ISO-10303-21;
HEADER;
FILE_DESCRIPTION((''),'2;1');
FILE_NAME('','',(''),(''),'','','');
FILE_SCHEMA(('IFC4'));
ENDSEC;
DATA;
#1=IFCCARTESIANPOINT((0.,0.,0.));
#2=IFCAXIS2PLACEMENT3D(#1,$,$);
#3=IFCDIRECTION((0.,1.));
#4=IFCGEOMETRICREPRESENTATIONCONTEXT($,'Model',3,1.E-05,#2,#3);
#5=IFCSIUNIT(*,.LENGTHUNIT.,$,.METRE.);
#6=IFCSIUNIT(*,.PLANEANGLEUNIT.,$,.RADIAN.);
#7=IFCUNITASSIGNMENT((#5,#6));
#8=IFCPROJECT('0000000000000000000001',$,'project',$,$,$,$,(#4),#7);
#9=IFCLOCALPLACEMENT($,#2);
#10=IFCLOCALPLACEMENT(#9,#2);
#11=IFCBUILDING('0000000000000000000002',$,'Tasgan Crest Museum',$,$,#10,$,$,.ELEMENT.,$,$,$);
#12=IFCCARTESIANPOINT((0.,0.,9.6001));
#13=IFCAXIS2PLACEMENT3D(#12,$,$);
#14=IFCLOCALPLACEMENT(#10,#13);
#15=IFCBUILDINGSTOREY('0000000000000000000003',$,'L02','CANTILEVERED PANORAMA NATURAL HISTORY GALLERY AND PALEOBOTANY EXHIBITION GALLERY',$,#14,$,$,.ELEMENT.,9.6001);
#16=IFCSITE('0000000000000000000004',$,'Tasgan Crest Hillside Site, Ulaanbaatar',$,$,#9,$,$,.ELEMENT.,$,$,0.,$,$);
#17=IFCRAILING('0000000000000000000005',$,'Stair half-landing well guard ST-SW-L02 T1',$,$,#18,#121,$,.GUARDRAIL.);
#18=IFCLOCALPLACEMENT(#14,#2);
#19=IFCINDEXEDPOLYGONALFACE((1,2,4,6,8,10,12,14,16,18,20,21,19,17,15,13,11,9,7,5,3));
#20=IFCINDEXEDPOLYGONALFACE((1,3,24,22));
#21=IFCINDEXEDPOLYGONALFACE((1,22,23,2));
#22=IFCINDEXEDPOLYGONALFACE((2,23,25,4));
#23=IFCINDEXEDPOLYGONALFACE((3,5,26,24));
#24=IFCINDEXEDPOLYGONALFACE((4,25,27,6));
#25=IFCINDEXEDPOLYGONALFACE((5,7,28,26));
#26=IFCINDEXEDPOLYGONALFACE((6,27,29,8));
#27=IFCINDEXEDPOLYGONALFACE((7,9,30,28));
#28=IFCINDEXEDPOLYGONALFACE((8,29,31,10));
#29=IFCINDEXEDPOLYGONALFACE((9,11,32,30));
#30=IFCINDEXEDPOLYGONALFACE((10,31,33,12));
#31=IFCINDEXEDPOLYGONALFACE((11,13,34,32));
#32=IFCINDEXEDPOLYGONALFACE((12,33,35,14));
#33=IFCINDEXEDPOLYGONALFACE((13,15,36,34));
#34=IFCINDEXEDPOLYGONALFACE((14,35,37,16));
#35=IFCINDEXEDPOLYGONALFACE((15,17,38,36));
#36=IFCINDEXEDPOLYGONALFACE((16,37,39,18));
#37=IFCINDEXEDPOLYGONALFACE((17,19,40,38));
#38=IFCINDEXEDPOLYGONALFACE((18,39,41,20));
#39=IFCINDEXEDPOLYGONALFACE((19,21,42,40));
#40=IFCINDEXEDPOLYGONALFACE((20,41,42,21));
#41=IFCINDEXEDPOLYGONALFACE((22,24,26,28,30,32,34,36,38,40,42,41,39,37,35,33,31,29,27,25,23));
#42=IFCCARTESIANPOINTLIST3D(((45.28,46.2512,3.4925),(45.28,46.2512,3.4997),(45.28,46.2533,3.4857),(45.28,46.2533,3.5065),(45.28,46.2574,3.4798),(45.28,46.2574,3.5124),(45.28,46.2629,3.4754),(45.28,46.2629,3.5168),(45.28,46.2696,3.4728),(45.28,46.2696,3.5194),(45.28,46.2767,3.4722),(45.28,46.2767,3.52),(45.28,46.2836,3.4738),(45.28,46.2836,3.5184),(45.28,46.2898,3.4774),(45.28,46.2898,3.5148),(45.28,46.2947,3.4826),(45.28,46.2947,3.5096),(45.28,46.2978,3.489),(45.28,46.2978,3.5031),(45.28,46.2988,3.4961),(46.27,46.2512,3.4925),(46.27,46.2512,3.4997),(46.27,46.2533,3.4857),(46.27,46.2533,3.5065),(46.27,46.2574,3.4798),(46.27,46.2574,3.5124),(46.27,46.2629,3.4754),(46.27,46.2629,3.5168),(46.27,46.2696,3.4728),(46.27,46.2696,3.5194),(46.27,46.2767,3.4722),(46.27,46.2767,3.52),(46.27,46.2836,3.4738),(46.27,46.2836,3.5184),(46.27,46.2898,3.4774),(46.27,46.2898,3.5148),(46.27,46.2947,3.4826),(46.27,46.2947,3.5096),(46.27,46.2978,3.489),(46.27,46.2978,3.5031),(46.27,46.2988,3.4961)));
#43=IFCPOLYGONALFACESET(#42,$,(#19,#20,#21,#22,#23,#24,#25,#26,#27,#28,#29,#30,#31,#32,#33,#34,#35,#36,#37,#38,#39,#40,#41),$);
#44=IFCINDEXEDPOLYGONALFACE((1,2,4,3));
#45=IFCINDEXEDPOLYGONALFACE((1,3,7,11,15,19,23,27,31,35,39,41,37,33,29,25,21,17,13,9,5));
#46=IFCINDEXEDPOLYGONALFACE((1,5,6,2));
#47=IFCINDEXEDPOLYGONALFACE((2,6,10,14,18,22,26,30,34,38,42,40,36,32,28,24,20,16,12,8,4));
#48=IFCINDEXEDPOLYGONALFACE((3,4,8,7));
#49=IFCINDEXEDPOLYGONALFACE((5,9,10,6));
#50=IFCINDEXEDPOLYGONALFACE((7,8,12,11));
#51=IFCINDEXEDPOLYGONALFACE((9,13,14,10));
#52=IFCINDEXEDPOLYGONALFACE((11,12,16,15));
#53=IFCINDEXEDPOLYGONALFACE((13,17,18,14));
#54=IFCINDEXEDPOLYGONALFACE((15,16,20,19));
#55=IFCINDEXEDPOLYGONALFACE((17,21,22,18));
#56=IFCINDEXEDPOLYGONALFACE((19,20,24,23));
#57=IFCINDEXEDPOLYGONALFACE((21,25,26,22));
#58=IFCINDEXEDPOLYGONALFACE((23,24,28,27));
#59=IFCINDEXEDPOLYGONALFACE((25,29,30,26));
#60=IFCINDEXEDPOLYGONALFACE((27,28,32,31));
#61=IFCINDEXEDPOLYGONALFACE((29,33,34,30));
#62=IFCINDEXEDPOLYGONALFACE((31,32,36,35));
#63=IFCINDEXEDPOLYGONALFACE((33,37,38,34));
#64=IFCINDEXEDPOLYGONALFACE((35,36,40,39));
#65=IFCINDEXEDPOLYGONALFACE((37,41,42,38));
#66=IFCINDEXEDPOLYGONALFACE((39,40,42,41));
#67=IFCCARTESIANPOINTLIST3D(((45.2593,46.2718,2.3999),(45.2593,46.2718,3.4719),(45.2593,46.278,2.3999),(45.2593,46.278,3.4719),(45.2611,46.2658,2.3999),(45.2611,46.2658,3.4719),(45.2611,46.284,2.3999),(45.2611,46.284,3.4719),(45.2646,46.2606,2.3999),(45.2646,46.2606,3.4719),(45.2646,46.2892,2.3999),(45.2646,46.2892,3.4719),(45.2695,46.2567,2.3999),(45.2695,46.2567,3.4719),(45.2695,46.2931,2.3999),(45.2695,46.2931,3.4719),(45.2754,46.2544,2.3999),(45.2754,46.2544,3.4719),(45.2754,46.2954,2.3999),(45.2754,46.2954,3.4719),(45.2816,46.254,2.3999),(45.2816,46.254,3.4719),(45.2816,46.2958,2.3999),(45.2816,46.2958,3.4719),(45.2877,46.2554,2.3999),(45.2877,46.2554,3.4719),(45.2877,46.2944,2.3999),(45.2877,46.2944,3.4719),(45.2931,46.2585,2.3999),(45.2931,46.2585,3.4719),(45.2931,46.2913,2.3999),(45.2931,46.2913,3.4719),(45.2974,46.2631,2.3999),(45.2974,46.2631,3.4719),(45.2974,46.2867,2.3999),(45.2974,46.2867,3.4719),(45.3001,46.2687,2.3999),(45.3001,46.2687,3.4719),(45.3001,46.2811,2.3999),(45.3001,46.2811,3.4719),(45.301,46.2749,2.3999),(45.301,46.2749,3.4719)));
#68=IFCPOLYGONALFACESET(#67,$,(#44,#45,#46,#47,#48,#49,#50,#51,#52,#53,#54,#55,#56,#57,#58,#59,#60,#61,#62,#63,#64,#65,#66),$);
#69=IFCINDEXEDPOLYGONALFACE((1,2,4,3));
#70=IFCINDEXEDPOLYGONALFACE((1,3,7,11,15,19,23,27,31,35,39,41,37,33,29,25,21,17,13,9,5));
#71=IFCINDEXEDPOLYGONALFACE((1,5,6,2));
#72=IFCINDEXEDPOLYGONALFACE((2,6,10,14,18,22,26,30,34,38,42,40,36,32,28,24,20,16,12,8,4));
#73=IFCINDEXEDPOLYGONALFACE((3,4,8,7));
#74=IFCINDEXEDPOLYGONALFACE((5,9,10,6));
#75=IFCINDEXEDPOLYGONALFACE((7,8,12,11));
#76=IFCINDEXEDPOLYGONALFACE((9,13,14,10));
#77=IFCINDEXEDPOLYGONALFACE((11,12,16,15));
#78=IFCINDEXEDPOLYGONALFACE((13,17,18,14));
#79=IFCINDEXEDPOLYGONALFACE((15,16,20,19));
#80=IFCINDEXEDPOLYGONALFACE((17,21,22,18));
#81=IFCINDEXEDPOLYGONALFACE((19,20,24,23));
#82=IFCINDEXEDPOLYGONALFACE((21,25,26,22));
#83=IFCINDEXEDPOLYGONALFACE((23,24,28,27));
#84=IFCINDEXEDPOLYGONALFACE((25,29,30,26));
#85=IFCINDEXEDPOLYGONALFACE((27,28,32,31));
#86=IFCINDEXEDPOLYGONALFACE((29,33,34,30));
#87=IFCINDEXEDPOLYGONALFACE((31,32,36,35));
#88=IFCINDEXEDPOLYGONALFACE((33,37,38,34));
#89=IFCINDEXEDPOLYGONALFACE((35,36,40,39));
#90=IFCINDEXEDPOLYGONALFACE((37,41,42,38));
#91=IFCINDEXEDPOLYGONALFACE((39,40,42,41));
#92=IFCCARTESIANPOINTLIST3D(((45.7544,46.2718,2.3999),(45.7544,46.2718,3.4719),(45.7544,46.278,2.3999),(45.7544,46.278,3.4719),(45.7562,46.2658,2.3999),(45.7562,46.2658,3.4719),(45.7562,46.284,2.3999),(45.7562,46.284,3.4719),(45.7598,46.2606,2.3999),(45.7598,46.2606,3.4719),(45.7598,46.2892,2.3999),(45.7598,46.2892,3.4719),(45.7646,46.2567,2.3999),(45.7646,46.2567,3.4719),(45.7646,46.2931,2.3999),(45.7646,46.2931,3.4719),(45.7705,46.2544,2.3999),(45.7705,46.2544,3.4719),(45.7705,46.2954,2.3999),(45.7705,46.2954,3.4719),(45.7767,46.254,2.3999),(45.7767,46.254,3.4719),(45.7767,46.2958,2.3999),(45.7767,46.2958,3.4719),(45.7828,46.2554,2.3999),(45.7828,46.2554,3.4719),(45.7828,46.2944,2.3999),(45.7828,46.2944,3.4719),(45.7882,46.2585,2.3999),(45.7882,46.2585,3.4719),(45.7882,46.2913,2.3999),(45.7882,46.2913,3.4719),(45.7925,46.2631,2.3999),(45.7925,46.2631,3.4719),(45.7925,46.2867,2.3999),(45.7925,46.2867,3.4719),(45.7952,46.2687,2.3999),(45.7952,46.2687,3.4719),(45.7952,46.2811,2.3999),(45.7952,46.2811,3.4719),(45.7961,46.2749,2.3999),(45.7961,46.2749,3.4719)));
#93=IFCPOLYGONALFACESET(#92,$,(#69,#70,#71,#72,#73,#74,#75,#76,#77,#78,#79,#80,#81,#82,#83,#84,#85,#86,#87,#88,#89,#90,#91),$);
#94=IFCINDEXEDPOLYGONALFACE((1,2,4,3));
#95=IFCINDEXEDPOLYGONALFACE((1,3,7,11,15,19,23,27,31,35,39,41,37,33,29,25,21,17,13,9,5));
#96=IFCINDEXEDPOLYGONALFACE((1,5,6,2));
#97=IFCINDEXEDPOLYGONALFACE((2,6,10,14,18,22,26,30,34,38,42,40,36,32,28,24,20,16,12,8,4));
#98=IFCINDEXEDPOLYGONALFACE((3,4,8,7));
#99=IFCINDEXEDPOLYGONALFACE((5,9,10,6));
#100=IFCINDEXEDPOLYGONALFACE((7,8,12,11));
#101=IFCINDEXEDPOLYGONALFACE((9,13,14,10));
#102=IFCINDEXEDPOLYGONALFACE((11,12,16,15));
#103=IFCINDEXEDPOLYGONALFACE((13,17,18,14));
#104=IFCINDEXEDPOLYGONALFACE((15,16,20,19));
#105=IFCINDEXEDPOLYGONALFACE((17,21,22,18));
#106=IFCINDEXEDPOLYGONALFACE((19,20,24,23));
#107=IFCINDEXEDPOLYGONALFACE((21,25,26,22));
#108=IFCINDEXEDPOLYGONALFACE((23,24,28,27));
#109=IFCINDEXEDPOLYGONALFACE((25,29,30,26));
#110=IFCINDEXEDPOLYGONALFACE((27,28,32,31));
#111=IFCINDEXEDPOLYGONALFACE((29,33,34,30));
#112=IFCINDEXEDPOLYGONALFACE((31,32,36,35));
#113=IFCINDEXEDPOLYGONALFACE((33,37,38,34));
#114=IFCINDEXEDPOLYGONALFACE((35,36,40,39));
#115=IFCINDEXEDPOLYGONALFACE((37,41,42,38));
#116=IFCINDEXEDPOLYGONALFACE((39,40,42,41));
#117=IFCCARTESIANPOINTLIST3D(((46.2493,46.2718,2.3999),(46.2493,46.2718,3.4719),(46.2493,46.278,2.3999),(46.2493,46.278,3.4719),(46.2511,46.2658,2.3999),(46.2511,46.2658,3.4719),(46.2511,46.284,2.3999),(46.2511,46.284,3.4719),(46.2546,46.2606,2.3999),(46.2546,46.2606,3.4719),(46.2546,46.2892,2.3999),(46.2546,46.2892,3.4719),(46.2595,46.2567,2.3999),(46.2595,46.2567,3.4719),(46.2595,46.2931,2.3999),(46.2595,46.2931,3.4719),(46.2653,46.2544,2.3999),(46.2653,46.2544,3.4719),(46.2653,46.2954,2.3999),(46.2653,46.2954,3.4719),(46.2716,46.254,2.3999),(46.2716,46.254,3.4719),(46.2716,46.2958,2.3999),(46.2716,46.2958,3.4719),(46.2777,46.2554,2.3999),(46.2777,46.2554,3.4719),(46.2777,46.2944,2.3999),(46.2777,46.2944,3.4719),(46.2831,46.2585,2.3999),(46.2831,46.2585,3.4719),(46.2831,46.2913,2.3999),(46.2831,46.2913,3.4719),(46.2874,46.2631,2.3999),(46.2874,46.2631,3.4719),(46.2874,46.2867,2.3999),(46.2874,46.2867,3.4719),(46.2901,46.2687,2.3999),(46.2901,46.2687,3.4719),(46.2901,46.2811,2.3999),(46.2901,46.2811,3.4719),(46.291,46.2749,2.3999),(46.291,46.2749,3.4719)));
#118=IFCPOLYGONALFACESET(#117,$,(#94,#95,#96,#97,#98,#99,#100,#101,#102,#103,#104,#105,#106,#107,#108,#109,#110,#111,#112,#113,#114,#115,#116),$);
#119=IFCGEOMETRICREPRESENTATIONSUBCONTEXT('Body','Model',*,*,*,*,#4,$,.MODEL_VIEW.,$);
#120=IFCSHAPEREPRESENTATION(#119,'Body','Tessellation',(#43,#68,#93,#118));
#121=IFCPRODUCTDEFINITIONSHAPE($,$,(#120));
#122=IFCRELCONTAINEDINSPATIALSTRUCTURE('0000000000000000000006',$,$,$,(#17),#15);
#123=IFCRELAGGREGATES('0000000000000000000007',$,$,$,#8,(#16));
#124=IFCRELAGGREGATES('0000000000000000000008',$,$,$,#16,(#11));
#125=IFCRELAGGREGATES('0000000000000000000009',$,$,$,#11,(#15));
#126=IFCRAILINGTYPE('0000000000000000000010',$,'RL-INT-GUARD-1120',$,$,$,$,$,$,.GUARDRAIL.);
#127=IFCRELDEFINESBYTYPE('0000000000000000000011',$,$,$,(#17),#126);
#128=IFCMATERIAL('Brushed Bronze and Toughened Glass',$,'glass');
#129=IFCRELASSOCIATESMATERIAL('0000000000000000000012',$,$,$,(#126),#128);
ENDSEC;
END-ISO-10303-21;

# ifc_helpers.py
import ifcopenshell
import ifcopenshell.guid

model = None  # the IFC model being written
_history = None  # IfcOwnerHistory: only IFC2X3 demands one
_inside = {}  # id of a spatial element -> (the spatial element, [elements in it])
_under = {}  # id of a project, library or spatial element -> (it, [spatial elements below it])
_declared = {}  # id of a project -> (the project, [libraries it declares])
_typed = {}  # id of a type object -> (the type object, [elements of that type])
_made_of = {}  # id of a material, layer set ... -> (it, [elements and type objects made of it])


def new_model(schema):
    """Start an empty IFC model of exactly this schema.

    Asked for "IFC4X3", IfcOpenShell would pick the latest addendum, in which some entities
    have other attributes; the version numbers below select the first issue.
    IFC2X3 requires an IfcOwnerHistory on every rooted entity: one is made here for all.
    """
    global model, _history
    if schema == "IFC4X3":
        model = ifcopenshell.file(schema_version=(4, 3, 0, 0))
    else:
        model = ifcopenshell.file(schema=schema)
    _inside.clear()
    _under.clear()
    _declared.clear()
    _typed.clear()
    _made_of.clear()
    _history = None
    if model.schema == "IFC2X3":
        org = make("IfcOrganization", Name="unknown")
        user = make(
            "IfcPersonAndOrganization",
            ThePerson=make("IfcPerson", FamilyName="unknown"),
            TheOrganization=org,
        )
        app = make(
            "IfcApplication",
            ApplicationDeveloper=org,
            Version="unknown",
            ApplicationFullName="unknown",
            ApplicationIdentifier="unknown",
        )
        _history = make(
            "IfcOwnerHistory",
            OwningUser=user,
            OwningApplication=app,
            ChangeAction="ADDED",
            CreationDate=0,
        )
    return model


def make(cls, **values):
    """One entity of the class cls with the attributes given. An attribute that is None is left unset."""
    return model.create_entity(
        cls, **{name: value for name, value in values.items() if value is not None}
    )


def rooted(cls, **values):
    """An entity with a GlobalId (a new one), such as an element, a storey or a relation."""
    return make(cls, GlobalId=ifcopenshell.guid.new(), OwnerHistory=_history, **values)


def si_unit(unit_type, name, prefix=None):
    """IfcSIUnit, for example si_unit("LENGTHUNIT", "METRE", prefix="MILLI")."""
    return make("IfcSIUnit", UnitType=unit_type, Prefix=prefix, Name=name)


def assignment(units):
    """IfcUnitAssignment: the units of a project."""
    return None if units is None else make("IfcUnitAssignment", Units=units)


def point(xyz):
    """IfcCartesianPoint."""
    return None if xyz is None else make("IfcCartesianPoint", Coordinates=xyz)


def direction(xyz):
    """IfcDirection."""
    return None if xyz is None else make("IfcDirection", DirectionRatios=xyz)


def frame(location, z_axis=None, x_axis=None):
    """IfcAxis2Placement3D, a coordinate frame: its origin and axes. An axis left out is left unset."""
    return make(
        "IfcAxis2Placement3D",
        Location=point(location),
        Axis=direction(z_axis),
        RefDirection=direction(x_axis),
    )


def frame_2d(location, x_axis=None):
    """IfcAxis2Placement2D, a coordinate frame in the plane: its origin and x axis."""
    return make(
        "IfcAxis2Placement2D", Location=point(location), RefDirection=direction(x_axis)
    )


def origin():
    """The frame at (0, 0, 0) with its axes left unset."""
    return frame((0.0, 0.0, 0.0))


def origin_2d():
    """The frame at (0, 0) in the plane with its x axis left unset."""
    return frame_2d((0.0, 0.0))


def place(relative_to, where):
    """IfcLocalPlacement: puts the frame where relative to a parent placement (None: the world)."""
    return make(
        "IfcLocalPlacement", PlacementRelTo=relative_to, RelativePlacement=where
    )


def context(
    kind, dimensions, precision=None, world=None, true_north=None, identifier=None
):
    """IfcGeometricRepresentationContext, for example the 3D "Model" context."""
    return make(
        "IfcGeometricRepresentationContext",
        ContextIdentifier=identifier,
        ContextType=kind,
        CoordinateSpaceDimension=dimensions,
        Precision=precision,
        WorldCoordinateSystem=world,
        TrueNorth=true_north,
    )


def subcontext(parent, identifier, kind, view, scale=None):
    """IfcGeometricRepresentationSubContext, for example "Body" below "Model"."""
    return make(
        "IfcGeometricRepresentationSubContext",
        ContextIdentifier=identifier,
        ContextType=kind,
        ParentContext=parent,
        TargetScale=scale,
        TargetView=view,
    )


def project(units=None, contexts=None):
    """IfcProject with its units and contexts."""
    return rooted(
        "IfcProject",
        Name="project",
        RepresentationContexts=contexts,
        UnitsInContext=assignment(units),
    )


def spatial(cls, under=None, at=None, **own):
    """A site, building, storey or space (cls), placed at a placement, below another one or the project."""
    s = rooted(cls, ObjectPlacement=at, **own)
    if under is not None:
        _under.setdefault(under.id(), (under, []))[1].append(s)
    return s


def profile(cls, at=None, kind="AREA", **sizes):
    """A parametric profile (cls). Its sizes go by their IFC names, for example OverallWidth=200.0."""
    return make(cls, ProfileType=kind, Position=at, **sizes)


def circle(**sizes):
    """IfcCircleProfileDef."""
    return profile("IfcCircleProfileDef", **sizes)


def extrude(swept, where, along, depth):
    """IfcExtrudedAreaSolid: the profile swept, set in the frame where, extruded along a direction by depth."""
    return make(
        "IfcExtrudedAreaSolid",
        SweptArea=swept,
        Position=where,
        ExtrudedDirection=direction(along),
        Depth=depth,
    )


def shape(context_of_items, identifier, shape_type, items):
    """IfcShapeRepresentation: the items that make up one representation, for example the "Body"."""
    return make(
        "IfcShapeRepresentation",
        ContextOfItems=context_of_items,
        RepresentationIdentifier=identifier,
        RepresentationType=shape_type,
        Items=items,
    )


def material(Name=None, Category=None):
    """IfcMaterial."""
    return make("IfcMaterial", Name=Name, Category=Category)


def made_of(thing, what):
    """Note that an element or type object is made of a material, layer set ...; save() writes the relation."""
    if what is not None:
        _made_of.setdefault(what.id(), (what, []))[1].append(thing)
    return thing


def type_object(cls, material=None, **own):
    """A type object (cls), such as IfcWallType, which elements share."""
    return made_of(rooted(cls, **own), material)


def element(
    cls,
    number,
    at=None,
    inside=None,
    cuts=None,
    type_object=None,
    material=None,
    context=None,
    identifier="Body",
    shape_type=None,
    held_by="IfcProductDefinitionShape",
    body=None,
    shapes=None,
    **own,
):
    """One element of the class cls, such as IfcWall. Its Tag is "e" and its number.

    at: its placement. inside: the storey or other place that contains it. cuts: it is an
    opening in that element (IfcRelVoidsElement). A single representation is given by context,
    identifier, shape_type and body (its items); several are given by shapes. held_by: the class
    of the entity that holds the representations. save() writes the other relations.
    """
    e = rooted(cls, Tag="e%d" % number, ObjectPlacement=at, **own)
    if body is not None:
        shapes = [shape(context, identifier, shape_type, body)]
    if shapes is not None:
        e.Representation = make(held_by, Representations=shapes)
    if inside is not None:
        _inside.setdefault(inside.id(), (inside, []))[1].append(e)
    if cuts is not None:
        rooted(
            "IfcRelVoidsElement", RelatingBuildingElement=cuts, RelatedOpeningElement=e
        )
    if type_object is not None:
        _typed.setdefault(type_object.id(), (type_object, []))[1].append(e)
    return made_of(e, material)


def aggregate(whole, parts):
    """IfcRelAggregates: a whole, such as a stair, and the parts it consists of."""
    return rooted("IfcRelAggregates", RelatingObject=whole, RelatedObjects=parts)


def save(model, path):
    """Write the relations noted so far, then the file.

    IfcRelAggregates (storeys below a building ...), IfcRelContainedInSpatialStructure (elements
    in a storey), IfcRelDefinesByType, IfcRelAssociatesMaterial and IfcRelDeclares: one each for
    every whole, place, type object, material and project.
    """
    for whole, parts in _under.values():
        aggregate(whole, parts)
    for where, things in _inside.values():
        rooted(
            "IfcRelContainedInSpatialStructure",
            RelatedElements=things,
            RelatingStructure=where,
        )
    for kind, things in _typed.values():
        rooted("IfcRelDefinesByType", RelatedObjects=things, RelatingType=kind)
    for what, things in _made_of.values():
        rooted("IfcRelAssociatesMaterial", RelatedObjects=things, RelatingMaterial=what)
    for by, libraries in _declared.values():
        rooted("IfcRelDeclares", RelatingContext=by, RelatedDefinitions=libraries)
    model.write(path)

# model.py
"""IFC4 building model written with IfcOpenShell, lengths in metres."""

from ifc_helpers import new_model, si_unit, direction, frame, origin, origin_2d, place, context, subcontext, project, spatial, circle, extrude, material, type_object, element, save


model = new_model("IFC4")

# Units and contexts
model_context = context("Model", 3, precision=1e-05, world=origin(), true_north=direction((0.0, 1.0)))
body_context = subcontext(model_context, "Body", "Model", "MODEL_VIEW")
ifc_project = project(units=[si_unit("LENGTHUNIT", "METRE"), si_unit("PLANEANGLEUNIT", "RADIAN")], contexts=[model_context])

# Site, building, storey
site_placement = place(None, origin())
site = spatial("IfcSite", under=ifc_project, at=site_placement, Name="Tasgan Crest Hillside Site, Ulaanbaatar", CompositionType="ELEMENT", RefElevation=0.0)
building_placement = place(site_placement, origin())
building = spatial("IfcBuilding", under=site, at=building_placement, Name="Tasgan Crest Museum", CompositionType="ELEMENT")
storey_placement = place(building_placement, frame((0.0, 0.0, 9.6001)))
storey = spatial("IfcBuildingStorey", under=building, at=storey_placement, Name="L02", Description="CANTILEVERED PANORAMA NATURAL HISTORY GALLERY AND PALEOBOTANY EXHIBITION GALLERY", CompositionType="ELEMENT", Elevation=9.6001)

# Railing
ifc_material_1 = material(Name="Brushed Bronze and Toughened Glass", Category="glass")
railing_type_1 = type_object("IfcRailingType", Name="RL-INT-GUARD-1120", PredefinedType="GUARDRAIL", material=ifc_material_1)
railing_1_placement = place(storey_placement, frame((45.28, 46.2749, 2.3999)))
element("IfcRailing", 1, at=railing_1_placement, inside=storey, type_object=railing_type_1, Name="Stair half-landing well guard ST-SW-L02 T1", PredefinedType="GUARDRAIL", context=body_context, shape_type="SweptSolid", body=[
    extrude(circle(Radius=0.0239, at=origin_2d()), frame((0.0, 0.0, 1.0962), z_axis=(1.0, 0.0, 0.0), x_axis=(0.0, 1.0, 0.0)), (0.0, 0.0, 1.0), 0.99),
    extrude(circle(Radius=0.021, at=origin_2d()), origin(), (0.0, 0.0, 1.0), 1.072),
    extrude(circle(Radius=0.021, at=origin_2d()), frame((0.4951, 0.0, 0.0)), (0.0, 0.0, 1.0), 1.072),
    extrude(circle(Radius=0.021, at=origin_2d()), frame((0.99, 0.0, 0.0)), (0.0, 0.0, 1.0), 1.072),
])

save(model, "model.ifc")
